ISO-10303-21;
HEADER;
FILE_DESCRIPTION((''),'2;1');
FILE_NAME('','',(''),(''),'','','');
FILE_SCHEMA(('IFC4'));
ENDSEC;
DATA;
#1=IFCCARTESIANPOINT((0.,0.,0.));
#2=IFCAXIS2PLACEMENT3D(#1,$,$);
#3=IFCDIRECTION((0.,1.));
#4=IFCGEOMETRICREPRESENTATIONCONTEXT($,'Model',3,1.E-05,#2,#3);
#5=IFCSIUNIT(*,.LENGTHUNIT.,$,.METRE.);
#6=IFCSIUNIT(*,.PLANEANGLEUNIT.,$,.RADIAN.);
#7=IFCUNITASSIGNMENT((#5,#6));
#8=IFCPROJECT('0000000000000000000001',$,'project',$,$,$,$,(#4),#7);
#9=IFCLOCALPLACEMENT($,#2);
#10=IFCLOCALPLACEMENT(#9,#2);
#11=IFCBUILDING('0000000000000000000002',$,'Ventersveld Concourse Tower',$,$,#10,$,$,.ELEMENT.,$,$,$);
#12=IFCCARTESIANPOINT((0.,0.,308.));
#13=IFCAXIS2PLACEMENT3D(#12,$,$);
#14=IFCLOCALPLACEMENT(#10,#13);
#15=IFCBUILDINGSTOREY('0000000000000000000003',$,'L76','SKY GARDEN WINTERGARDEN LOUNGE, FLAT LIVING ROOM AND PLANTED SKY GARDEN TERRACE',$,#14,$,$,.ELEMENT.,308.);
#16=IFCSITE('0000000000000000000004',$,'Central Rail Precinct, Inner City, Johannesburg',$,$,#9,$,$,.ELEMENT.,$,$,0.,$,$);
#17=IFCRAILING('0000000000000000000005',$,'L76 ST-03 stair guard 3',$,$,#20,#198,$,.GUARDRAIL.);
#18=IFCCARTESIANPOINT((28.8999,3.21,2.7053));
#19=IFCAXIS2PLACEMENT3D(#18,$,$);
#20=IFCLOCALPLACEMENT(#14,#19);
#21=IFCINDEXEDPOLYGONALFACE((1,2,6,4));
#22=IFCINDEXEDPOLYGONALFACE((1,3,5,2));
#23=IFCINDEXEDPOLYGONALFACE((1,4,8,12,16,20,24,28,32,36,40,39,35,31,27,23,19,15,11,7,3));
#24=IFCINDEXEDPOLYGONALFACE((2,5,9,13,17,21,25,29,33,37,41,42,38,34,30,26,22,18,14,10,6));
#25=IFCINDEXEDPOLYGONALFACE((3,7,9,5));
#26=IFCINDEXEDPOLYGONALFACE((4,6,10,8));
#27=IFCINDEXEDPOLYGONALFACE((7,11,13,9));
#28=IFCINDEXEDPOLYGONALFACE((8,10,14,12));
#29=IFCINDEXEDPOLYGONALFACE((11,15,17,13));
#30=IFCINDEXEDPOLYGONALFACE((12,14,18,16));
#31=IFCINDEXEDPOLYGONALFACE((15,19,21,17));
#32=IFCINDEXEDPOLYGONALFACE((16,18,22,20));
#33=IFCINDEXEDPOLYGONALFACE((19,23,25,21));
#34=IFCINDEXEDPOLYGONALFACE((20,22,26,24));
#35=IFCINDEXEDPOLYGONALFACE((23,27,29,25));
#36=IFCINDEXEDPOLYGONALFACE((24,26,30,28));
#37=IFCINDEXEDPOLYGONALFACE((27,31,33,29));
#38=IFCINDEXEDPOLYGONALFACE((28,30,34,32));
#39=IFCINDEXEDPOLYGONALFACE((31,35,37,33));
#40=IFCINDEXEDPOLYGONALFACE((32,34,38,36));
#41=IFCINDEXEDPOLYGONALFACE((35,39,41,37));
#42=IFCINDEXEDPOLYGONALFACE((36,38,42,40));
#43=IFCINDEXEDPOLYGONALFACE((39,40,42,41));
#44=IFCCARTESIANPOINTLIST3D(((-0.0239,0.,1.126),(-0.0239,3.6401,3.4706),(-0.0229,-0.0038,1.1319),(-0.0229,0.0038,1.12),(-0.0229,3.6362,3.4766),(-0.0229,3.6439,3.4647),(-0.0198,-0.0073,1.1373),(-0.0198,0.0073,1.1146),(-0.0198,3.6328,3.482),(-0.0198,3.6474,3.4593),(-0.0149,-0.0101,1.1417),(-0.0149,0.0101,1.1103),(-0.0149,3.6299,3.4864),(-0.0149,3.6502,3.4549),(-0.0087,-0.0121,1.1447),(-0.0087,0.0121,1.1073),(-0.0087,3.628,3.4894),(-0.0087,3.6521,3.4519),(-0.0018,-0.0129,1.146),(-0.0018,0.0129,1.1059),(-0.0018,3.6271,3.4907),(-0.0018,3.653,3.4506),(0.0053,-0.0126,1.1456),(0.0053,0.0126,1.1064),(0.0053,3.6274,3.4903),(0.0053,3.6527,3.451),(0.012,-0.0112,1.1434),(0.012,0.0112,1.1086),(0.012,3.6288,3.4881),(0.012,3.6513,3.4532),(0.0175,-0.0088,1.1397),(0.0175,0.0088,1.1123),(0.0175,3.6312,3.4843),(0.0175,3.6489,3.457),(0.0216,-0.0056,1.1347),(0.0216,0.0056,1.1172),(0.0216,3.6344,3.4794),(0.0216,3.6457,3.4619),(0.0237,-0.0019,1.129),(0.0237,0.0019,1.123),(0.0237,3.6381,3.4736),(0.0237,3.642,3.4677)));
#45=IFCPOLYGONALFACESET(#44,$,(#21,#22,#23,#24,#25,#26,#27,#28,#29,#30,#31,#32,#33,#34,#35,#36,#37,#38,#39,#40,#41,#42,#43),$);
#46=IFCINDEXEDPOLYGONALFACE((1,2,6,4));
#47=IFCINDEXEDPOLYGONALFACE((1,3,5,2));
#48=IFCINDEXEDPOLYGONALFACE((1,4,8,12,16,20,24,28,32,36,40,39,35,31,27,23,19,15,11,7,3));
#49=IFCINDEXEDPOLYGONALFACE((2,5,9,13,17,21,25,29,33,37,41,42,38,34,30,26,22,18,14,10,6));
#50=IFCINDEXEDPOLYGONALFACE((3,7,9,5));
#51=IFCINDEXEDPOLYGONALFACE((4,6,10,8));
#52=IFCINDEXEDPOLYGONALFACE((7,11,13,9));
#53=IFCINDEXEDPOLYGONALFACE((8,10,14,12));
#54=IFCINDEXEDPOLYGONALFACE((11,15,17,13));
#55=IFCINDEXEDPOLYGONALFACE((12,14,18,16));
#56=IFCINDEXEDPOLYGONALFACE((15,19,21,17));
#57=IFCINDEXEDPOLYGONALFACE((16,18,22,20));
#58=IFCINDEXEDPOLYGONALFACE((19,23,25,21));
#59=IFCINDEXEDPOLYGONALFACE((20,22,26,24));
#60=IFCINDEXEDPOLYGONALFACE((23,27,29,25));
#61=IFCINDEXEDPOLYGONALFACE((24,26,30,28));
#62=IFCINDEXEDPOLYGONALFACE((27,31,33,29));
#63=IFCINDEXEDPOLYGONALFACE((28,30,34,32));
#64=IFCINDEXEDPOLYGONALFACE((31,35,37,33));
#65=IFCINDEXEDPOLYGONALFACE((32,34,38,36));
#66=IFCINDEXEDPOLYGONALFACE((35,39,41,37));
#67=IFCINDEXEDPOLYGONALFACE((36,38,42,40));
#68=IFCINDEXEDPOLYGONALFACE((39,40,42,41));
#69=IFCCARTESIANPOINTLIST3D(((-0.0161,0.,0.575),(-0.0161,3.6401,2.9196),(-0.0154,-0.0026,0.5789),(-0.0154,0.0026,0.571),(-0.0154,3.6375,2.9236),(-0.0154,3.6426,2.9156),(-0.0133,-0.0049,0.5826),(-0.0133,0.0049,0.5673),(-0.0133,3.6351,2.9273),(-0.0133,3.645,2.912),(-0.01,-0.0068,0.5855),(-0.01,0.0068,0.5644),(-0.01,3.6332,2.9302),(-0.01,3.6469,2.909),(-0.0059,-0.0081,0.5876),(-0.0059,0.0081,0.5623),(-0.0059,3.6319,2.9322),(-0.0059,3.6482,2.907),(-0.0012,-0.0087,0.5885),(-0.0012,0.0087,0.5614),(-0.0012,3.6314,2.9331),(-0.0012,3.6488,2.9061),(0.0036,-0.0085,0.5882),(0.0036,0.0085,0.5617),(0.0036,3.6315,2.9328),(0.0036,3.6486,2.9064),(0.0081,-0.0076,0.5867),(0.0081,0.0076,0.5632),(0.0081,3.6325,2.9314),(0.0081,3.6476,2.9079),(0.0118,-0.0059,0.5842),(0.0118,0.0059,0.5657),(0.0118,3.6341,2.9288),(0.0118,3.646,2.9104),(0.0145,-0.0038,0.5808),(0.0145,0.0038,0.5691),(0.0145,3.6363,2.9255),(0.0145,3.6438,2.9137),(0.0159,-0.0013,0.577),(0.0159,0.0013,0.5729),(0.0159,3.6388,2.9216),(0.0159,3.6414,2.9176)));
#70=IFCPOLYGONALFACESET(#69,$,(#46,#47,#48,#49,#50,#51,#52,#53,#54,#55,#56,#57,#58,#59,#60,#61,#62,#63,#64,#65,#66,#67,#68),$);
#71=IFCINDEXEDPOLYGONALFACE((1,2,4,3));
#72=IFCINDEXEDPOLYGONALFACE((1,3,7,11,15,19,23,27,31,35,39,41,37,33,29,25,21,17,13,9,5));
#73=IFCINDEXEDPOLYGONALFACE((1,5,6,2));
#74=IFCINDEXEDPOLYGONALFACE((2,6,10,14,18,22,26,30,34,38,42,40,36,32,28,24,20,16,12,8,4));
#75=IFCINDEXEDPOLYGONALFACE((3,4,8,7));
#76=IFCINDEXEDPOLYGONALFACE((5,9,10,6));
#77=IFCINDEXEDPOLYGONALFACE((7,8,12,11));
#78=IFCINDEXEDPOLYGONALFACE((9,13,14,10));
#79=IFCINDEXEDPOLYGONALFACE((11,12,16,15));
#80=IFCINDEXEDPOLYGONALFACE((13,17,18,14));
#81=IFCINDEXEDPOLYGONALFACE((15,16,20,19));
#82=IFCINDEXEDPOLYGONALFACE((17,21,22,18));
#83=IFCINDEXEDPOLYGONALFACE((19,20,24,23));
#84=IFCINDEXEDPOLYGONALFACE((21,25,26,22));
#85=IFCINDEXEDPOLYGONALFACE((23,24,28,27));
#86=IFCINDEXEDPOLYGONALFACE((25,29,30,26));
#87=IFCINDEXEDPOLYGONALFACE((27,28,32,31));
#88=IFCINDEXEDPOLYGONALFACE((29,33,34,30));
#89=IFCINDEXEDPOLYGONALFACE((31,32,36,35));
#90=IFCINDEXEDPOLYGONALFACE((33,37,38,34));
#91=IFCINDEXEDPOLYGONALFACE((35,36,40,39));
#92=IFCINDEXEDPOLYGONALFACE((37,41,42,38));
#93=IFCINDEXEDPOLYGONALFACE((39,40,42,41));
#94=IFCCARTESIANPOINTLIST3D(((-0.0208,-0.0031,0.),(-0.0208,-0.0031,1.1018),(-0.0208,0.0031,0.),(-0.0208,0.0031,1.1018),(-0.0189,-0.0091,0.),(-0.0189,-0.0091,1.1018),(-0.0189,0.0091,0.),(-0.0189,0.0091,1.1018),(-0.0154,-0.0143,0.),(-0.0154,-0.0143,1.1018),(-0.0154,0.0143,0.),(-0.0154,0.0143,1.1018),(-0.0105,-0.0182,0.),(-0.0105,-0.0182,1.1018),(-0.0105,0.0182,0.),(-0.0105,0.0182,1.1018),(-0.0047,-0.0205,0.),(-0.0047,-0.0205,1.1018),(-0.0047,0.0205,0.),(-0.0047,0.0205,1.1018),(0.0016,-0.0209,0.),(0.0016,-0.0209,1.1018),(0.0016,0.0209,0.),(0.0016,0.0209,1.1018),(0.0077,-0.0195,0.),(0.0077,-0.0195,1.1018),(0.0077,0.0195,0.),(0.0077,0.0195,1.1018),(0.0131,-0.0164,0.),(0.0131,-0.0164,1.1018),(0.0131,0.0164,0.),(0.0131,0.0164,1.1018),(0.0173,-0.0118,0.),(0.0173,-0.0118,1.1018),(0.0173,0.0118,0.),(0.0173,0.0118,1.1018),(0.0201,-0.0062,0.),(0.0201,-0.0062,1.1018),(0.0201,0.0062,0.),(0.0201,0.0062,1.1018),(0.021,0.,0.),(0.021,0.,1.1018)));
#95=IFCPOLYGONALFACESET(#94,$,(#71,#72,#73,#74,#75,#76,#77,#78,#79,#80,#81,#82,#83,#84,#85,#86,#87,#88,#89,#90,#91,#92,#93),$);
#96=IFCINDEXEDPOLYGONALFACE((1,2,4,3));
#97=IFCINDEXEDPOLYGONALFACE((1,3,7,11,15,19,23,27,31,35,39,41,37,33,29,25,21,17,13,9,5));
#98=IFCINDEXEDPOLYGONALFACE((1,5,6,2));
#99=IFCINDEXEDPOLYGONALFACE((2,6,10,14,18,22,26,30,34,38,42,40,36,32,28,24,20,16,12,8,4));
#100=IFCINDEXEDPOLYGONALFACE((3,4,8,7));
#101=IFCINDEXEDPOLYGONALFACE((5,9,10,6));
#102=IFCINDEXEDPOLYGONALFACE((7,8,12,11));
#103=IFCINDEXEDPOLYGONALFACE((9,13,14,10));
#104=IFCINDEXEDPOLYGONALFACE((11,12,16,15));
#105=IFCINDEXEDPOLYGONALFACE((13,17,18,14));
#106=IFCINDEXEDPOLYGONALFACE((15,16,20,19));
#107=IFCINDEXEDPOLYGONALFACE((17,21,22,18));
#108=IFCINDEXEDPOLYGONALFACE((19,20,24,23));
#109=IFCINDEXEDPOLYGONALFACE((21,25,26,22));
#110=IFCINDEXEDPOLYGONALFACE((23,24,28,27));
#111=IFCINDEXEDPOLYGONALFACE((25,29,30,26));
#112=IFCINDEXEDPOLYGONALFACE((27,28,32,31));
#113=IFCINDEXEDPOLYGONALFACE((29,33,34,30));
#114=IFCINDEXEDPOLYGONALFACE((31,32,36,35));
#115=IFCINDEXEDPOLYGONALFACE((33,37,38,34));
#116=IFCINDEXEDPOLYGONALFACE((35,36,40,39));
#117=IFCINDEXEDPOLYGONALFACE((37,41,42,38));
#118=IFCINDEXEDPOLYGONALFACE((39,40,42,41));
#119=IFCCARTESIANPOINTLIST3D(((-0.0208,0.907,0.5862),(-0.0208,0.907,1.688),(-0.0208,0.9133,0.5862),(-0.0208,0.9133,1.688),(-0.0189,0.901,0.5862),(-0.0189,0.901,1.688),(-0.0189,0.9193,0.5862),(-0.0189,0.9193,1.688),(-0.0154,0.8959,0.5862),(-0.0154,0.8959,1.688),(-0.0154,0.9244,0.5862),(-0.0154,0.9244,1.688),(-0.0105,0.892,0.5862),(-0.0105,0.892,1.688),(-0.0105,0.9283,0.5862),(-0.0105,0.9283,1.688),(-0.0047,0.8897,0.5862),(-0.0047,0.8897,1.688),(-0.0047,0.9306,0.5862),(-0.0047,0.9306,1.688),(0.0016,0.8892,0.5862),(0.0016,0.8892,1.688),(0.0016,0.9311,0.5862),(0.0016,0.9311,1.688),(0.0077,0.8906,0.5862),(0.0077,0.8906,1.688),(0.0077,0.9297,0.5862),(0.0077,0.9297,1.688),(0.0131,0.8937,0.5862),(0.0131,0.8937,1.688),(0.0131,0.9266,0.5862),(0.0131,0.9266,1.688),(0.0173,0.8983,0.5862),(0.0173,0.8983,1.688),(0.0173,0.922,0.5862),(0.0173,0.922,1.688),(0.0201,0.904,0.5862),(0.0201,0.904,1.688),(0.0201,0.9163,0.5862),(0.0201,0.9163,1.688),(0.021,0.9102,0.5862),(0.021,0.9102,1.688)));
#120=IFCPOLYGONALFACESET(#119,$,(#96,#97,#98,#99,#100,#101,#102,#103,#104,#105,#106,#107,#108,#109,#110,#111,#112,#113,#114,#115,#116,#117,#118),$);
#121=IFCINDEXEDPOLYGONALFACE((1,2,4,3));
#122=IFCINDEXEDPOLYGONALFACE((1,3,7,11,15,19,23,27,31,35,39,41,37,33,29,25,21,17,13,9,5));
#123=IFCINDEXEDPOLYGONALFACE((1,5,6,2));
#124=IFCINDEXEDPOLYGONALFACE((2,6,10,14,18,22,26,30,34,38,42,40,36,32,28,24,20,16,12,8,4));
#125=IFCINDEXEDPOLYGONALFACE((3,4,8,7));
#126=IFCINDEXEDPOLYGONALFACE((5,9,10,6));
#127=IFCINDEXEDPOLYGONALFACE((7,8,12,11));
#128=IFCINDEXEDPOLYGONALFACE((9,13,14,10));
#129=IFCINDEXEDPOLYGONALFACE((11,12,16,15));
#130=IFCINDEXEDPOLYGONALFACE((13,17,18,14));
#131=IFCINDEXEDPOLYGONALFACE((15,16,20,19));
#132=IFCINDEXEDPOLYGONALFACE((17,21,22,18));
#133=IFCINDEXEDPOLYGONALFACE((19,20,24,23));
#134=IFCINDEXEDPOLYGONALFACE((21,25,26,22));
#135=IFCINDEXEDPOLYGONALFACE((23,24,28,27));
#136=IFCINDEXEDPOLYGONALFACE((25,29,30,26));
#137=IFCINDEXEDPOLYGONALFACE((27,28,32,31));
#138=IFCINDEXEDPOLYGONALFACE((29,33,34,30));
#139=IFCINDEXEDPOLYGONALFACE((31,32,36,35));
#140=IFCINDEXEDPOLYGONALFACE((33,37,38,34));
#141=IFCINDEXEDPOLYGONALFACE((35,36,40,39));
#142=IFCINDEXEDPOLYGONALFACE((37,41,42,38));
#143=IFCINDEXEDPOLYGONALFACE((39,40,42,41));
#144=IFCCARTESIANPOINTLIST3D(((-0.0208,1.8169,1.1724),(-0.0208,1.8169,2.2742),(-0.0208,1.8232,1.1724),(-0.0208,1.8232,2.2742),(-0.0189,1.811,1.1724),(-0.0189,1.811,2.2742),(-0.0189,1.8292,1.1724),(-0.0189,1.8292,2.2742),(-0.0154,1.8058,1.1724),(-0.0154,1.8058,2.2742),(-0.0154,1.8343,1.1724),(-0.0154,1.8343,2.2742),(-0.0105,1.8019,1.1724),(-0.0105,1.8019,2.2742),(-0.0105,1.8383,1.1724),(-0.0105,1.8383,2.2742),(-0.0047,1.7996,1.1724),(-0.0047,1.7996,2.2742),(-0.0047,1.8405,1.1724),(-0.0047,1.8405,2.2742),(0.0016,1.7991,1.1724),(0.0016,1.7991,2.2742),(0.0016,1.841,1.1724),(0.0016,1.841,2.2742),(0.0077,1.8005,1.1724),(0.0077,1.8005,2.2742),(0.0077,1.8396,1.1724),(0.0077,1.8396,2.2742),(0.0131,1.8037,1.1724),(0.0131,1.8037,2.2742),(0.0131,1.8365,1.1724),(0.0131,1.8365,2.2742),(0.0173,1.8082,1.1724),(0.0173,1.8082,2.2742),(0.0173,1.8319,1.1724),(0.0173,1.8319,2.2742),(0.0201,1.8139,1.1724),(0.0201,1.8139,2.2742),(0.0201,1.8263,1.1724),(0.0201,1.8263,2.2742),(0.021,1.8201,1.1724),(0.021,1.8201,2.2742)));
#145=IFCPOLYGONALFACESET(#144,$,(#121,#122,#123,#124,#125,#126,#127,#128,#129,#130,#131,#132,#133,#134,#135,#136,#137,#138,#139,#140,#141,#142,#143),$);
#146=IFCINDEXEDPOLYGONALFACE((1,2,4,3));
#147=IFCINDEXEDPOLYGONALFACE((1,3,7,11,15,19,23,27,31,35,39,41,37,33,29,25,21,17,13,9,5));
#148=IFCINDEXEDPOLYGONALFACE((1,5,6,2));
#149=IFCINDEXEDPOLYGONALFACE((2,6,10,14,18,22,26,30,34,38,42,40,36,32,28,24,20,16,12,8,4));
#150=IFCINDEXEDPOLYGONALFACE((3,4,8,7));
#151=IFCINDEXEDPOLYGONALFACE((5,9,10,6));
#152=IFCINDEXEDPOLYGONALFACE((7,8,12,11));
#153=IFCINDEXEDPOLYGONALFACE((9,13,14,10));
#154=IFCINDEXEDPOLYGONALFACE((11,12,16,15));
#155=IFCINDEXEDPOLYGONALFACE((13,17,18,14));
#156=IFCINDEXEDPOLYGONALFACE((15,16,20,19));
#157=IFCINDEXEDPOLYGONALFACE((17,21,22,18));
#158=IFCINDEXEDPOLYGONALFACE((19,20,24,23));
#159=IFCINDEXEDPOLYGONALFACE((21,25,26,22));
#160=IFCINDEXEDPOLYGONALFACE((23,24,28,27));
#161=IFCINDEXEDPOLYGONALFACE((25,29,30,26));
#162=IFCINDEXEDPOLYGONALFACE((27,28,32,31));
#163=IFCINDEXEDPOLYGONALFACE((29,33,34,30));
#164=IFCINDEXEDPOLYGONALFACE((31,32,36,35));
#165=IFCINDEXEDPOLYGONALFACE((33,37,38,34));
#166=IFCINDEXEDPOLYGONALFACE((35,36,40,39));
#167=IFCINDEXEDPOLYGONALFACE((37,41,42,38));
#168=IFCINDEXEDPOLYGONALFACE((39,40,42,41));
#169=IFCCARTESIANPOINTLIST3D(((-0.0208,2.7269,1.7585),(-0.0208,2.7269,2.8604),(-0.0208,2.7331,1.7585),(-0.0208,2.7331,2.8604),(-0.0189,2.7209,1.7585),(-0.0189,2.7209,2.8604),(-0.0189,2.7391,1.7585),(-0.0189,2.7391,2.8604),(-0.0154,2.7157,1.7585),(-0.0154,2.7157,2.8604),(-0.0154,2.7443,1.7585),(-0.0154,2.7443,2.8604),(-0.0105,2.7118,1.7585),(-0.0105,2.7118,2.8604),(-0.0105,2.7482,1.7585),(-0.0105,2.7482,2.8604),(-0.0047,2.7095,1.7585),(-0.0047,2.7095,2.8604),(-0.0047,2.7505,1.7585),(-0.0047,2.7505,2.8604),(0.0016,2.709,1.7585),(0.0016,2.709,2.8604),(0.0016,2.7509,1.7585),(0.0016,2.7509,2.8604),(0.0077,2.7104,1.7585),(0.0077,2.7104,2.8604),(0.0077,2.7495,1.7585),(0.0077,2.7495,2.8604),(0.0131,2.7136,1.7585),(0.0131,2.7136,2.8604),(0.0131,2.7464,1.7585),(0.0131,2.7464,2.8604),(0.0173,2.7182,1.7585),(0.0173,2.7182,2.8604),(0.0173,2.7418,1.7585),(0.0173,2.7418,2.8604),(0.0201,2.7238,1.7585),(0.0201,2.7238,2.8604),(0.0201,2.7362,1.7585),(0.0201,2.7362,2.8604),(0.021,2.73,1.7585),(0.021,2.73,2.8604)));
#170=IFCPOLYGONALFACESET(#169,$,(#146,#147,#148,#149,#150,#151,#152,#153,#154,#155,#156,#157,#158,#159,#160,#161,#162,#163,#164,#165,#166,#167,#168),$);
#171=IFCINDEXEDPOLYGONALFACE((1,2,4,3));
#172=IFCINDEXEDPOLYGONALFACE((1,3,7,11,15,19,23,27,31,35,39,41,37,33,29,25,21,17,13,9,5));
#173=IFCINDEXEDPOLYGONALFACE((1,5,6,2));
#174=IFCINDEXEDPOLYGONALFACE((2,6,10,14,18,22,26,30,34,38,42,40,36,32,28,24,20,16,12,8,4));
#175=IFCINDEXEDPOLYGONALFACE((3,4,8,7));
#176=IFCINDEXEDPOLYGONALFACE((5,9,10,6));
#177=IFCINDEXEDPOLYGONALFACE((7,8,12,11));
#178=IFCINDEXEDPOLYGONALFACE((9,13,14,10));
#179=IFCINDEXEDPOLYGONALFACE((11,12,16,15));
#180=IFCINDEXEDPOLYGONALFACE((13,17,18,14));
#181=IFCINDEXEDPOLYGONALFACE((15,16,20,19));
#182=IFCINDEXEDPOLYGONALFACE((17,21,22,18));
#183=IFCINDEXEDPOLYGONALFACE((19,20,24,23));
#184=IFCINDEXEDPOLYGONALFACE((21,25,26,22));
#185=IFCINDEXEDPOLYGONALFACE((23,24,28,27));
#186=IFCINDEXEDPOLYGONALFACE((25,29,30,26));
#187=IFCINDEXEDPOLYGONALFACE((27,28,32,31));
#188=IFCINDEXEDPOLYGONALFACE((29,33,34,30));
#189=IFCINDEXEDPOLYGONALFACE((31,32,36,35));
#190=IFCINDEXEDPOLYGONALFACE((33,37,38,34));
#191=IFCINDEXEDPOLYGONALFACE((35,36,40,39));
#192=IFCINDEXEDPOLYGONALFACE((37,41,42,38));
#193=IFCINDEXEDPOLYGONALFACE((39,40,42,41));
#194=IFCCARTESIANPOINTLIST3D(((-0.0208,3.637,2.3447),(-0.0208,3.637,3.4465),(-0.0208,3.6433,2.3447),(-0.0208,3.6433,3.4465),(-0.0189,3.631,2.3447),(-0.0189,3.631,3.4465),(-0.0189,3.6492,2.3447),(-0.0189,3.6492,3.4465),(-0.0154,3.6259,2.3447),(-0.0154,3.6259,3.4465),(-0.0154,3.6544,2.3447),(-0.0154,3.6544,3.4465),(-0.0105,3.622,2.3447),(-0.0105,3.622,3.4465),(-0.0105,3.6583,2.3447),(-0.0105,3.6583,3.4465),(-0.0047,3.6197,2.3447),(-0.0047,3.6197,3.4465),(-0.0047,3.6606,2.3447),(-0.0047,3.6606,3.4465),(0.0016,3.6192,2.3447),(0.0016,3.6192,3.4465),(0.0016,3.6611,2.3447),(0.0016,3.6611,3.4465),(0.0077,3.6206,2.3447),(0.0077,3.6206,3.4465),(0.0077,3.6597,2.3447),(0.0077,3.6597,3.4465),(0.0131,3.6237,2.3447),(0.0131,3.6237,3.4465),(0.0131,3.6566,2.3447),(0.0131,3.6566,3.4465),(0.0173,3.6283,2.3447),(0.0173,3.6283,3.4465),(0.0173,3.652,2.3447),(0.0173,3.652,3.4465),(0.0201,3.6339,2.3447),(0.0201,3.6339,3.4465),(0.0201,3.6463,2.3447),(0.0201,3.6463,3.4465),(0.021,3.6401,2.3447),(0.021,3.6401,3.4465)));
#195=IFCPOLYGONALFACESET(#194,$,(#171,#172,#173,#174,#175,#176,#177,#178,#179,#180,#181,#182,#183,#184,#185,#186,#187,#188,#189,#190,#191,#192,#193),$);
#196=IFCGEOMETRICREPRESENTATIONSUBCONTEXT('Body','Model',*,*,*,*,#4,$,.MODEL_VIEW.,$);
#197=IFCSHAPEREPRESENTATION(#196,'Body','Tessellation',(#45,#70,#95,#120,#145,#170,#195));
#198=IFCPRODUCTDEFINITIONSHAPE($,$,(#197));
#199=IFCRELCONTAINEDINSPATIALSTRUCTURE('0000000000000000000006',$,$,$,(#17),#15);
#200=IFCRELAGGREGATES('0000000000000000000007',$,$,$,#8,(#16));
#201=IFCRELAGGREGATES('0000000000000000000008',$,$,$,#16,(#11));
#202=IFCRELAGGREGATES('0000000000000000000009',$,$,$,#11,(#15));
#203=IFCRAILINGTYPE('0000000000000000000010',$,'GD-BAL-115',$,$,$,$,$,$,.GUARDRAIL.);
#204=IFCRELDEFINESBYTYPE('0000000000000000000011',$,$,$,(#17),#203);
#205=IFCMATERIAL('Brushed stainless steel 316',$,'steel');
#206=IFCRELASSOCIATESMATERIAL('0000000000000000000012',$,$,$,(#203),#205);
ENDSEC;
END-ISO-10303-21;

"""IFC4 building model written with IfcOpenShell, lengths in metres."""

from ifc_helpers import new_model, si_unit, direction, frame, origin, origin_2d, place, context, subcontext, project, spatial, circle, extrude, material, type_object, element, save


model = new_model("IFC4")

# Units and contexts
model_context = context("Model", 3, precision=1e-05, world=origin(), true_north=direction((0.0, 1.0)))
body_context = subcontext(model_context, "Body", "Model", "MODEL_VIEW")
ifc_project = project(units=[si_unit("LENGTHUNIT", "METRE"), si_unit("PLANEANGLEUNIT", "RADIAN")], contexts=[model_context])

# Site, building, storey
site_placement = place(None, origin())
site = spatial("IfcSite", under=ifc_project, at=site_placement, Name="Central Rail Precinct, Inner City, Johannesburg", CompositionType="ELEMENT", RefElevation=0.0)
building_placement = place(site_placement, origin())
building = spatial("IfcBuilding", under=site, at=building_placement, Name="Ventersveld Concourse Tower", CompositionType="ELEMENT")
storey_placement = place(building_placement, frame((0.0, 0.0, 308.0)))
storey = spatial("IfcBuildingStorey", under=building, at=storey_placement, Name="L76", Description="SKY GARDEN WINTERGARDEN LOUNGE, FLAT LIVING ROOM AND PLANTED SKY GARDEN TERRACE", CompositionType="ELEMENT", Elevation=308.0)

# Shared definitions
ifc_material_1 = material(Name="Brushed stainless steel 316", Category="steel")

# Railing
railing_type_1 = type_object("IfcRailingType", Name="GD-BAL-115", PredefinedType="GUARDRAIL", material=ifc_material_1)
railing_1_placement = place(storey_placement, frame((28.8999, 3.21, 2.7053)))
element("IfcRailing", 1, at=railing_1_placement, inside=storey, type_object=railing_type_1, Name="L76 ST-03 stair guard 3", PredefinedType="GUARDRAIL", context=body_context, shape_type="SweptSolid", body=[
    extrude(circle(Radius=0.0239, at=origin_2d()), frame((0.0, 0.0, 1.126), z_axis=(0.0, 0.840691, 0.541515), x_axis=(-1.0, 0.0, 0.0)), (0.0, 0.0, 1.0), 4.3298),
    extrude(circle(Radius=0.0161, at=origin_2d()), frame((0.0, 0.0, 0.575), z_axis=(0.0, 0.840691, 0.541515), x_axis=(-1.0, 0.0, 0.0)), (0.0, 0.0, 1.0), 4.3298),
    extrude(circle(Radius=0.021, at=origin_2d()), origin(), (0.0, 0.0, 1.0), 1.1018),
    extrude(circle(Radius=0.021, at=origin_2d()), frame((0.0, 0.9102, 0.5862)), (0.0, 0.0, 1.0), 1.1018),
    extrude(circle(Radius=0.021, at=origin_2d()), frame((0.0, 1.8201, 1.1724)), (0.0, 0.0, 1.0), 1.1018),
    extrude(circle(Radius=0.021, at=origin_2d()), frame((0.0, 2.73, 1.7585)), (0.0, 0.0, 1.0), 1.1018),
    extrude(circle(Radius=0.021, at=origin_2d()), frame((0.0, 3.6401, 2.3447)), (0.0, 0.0, 1.0), 1.1018),
])

save(model, "model.ifc")
